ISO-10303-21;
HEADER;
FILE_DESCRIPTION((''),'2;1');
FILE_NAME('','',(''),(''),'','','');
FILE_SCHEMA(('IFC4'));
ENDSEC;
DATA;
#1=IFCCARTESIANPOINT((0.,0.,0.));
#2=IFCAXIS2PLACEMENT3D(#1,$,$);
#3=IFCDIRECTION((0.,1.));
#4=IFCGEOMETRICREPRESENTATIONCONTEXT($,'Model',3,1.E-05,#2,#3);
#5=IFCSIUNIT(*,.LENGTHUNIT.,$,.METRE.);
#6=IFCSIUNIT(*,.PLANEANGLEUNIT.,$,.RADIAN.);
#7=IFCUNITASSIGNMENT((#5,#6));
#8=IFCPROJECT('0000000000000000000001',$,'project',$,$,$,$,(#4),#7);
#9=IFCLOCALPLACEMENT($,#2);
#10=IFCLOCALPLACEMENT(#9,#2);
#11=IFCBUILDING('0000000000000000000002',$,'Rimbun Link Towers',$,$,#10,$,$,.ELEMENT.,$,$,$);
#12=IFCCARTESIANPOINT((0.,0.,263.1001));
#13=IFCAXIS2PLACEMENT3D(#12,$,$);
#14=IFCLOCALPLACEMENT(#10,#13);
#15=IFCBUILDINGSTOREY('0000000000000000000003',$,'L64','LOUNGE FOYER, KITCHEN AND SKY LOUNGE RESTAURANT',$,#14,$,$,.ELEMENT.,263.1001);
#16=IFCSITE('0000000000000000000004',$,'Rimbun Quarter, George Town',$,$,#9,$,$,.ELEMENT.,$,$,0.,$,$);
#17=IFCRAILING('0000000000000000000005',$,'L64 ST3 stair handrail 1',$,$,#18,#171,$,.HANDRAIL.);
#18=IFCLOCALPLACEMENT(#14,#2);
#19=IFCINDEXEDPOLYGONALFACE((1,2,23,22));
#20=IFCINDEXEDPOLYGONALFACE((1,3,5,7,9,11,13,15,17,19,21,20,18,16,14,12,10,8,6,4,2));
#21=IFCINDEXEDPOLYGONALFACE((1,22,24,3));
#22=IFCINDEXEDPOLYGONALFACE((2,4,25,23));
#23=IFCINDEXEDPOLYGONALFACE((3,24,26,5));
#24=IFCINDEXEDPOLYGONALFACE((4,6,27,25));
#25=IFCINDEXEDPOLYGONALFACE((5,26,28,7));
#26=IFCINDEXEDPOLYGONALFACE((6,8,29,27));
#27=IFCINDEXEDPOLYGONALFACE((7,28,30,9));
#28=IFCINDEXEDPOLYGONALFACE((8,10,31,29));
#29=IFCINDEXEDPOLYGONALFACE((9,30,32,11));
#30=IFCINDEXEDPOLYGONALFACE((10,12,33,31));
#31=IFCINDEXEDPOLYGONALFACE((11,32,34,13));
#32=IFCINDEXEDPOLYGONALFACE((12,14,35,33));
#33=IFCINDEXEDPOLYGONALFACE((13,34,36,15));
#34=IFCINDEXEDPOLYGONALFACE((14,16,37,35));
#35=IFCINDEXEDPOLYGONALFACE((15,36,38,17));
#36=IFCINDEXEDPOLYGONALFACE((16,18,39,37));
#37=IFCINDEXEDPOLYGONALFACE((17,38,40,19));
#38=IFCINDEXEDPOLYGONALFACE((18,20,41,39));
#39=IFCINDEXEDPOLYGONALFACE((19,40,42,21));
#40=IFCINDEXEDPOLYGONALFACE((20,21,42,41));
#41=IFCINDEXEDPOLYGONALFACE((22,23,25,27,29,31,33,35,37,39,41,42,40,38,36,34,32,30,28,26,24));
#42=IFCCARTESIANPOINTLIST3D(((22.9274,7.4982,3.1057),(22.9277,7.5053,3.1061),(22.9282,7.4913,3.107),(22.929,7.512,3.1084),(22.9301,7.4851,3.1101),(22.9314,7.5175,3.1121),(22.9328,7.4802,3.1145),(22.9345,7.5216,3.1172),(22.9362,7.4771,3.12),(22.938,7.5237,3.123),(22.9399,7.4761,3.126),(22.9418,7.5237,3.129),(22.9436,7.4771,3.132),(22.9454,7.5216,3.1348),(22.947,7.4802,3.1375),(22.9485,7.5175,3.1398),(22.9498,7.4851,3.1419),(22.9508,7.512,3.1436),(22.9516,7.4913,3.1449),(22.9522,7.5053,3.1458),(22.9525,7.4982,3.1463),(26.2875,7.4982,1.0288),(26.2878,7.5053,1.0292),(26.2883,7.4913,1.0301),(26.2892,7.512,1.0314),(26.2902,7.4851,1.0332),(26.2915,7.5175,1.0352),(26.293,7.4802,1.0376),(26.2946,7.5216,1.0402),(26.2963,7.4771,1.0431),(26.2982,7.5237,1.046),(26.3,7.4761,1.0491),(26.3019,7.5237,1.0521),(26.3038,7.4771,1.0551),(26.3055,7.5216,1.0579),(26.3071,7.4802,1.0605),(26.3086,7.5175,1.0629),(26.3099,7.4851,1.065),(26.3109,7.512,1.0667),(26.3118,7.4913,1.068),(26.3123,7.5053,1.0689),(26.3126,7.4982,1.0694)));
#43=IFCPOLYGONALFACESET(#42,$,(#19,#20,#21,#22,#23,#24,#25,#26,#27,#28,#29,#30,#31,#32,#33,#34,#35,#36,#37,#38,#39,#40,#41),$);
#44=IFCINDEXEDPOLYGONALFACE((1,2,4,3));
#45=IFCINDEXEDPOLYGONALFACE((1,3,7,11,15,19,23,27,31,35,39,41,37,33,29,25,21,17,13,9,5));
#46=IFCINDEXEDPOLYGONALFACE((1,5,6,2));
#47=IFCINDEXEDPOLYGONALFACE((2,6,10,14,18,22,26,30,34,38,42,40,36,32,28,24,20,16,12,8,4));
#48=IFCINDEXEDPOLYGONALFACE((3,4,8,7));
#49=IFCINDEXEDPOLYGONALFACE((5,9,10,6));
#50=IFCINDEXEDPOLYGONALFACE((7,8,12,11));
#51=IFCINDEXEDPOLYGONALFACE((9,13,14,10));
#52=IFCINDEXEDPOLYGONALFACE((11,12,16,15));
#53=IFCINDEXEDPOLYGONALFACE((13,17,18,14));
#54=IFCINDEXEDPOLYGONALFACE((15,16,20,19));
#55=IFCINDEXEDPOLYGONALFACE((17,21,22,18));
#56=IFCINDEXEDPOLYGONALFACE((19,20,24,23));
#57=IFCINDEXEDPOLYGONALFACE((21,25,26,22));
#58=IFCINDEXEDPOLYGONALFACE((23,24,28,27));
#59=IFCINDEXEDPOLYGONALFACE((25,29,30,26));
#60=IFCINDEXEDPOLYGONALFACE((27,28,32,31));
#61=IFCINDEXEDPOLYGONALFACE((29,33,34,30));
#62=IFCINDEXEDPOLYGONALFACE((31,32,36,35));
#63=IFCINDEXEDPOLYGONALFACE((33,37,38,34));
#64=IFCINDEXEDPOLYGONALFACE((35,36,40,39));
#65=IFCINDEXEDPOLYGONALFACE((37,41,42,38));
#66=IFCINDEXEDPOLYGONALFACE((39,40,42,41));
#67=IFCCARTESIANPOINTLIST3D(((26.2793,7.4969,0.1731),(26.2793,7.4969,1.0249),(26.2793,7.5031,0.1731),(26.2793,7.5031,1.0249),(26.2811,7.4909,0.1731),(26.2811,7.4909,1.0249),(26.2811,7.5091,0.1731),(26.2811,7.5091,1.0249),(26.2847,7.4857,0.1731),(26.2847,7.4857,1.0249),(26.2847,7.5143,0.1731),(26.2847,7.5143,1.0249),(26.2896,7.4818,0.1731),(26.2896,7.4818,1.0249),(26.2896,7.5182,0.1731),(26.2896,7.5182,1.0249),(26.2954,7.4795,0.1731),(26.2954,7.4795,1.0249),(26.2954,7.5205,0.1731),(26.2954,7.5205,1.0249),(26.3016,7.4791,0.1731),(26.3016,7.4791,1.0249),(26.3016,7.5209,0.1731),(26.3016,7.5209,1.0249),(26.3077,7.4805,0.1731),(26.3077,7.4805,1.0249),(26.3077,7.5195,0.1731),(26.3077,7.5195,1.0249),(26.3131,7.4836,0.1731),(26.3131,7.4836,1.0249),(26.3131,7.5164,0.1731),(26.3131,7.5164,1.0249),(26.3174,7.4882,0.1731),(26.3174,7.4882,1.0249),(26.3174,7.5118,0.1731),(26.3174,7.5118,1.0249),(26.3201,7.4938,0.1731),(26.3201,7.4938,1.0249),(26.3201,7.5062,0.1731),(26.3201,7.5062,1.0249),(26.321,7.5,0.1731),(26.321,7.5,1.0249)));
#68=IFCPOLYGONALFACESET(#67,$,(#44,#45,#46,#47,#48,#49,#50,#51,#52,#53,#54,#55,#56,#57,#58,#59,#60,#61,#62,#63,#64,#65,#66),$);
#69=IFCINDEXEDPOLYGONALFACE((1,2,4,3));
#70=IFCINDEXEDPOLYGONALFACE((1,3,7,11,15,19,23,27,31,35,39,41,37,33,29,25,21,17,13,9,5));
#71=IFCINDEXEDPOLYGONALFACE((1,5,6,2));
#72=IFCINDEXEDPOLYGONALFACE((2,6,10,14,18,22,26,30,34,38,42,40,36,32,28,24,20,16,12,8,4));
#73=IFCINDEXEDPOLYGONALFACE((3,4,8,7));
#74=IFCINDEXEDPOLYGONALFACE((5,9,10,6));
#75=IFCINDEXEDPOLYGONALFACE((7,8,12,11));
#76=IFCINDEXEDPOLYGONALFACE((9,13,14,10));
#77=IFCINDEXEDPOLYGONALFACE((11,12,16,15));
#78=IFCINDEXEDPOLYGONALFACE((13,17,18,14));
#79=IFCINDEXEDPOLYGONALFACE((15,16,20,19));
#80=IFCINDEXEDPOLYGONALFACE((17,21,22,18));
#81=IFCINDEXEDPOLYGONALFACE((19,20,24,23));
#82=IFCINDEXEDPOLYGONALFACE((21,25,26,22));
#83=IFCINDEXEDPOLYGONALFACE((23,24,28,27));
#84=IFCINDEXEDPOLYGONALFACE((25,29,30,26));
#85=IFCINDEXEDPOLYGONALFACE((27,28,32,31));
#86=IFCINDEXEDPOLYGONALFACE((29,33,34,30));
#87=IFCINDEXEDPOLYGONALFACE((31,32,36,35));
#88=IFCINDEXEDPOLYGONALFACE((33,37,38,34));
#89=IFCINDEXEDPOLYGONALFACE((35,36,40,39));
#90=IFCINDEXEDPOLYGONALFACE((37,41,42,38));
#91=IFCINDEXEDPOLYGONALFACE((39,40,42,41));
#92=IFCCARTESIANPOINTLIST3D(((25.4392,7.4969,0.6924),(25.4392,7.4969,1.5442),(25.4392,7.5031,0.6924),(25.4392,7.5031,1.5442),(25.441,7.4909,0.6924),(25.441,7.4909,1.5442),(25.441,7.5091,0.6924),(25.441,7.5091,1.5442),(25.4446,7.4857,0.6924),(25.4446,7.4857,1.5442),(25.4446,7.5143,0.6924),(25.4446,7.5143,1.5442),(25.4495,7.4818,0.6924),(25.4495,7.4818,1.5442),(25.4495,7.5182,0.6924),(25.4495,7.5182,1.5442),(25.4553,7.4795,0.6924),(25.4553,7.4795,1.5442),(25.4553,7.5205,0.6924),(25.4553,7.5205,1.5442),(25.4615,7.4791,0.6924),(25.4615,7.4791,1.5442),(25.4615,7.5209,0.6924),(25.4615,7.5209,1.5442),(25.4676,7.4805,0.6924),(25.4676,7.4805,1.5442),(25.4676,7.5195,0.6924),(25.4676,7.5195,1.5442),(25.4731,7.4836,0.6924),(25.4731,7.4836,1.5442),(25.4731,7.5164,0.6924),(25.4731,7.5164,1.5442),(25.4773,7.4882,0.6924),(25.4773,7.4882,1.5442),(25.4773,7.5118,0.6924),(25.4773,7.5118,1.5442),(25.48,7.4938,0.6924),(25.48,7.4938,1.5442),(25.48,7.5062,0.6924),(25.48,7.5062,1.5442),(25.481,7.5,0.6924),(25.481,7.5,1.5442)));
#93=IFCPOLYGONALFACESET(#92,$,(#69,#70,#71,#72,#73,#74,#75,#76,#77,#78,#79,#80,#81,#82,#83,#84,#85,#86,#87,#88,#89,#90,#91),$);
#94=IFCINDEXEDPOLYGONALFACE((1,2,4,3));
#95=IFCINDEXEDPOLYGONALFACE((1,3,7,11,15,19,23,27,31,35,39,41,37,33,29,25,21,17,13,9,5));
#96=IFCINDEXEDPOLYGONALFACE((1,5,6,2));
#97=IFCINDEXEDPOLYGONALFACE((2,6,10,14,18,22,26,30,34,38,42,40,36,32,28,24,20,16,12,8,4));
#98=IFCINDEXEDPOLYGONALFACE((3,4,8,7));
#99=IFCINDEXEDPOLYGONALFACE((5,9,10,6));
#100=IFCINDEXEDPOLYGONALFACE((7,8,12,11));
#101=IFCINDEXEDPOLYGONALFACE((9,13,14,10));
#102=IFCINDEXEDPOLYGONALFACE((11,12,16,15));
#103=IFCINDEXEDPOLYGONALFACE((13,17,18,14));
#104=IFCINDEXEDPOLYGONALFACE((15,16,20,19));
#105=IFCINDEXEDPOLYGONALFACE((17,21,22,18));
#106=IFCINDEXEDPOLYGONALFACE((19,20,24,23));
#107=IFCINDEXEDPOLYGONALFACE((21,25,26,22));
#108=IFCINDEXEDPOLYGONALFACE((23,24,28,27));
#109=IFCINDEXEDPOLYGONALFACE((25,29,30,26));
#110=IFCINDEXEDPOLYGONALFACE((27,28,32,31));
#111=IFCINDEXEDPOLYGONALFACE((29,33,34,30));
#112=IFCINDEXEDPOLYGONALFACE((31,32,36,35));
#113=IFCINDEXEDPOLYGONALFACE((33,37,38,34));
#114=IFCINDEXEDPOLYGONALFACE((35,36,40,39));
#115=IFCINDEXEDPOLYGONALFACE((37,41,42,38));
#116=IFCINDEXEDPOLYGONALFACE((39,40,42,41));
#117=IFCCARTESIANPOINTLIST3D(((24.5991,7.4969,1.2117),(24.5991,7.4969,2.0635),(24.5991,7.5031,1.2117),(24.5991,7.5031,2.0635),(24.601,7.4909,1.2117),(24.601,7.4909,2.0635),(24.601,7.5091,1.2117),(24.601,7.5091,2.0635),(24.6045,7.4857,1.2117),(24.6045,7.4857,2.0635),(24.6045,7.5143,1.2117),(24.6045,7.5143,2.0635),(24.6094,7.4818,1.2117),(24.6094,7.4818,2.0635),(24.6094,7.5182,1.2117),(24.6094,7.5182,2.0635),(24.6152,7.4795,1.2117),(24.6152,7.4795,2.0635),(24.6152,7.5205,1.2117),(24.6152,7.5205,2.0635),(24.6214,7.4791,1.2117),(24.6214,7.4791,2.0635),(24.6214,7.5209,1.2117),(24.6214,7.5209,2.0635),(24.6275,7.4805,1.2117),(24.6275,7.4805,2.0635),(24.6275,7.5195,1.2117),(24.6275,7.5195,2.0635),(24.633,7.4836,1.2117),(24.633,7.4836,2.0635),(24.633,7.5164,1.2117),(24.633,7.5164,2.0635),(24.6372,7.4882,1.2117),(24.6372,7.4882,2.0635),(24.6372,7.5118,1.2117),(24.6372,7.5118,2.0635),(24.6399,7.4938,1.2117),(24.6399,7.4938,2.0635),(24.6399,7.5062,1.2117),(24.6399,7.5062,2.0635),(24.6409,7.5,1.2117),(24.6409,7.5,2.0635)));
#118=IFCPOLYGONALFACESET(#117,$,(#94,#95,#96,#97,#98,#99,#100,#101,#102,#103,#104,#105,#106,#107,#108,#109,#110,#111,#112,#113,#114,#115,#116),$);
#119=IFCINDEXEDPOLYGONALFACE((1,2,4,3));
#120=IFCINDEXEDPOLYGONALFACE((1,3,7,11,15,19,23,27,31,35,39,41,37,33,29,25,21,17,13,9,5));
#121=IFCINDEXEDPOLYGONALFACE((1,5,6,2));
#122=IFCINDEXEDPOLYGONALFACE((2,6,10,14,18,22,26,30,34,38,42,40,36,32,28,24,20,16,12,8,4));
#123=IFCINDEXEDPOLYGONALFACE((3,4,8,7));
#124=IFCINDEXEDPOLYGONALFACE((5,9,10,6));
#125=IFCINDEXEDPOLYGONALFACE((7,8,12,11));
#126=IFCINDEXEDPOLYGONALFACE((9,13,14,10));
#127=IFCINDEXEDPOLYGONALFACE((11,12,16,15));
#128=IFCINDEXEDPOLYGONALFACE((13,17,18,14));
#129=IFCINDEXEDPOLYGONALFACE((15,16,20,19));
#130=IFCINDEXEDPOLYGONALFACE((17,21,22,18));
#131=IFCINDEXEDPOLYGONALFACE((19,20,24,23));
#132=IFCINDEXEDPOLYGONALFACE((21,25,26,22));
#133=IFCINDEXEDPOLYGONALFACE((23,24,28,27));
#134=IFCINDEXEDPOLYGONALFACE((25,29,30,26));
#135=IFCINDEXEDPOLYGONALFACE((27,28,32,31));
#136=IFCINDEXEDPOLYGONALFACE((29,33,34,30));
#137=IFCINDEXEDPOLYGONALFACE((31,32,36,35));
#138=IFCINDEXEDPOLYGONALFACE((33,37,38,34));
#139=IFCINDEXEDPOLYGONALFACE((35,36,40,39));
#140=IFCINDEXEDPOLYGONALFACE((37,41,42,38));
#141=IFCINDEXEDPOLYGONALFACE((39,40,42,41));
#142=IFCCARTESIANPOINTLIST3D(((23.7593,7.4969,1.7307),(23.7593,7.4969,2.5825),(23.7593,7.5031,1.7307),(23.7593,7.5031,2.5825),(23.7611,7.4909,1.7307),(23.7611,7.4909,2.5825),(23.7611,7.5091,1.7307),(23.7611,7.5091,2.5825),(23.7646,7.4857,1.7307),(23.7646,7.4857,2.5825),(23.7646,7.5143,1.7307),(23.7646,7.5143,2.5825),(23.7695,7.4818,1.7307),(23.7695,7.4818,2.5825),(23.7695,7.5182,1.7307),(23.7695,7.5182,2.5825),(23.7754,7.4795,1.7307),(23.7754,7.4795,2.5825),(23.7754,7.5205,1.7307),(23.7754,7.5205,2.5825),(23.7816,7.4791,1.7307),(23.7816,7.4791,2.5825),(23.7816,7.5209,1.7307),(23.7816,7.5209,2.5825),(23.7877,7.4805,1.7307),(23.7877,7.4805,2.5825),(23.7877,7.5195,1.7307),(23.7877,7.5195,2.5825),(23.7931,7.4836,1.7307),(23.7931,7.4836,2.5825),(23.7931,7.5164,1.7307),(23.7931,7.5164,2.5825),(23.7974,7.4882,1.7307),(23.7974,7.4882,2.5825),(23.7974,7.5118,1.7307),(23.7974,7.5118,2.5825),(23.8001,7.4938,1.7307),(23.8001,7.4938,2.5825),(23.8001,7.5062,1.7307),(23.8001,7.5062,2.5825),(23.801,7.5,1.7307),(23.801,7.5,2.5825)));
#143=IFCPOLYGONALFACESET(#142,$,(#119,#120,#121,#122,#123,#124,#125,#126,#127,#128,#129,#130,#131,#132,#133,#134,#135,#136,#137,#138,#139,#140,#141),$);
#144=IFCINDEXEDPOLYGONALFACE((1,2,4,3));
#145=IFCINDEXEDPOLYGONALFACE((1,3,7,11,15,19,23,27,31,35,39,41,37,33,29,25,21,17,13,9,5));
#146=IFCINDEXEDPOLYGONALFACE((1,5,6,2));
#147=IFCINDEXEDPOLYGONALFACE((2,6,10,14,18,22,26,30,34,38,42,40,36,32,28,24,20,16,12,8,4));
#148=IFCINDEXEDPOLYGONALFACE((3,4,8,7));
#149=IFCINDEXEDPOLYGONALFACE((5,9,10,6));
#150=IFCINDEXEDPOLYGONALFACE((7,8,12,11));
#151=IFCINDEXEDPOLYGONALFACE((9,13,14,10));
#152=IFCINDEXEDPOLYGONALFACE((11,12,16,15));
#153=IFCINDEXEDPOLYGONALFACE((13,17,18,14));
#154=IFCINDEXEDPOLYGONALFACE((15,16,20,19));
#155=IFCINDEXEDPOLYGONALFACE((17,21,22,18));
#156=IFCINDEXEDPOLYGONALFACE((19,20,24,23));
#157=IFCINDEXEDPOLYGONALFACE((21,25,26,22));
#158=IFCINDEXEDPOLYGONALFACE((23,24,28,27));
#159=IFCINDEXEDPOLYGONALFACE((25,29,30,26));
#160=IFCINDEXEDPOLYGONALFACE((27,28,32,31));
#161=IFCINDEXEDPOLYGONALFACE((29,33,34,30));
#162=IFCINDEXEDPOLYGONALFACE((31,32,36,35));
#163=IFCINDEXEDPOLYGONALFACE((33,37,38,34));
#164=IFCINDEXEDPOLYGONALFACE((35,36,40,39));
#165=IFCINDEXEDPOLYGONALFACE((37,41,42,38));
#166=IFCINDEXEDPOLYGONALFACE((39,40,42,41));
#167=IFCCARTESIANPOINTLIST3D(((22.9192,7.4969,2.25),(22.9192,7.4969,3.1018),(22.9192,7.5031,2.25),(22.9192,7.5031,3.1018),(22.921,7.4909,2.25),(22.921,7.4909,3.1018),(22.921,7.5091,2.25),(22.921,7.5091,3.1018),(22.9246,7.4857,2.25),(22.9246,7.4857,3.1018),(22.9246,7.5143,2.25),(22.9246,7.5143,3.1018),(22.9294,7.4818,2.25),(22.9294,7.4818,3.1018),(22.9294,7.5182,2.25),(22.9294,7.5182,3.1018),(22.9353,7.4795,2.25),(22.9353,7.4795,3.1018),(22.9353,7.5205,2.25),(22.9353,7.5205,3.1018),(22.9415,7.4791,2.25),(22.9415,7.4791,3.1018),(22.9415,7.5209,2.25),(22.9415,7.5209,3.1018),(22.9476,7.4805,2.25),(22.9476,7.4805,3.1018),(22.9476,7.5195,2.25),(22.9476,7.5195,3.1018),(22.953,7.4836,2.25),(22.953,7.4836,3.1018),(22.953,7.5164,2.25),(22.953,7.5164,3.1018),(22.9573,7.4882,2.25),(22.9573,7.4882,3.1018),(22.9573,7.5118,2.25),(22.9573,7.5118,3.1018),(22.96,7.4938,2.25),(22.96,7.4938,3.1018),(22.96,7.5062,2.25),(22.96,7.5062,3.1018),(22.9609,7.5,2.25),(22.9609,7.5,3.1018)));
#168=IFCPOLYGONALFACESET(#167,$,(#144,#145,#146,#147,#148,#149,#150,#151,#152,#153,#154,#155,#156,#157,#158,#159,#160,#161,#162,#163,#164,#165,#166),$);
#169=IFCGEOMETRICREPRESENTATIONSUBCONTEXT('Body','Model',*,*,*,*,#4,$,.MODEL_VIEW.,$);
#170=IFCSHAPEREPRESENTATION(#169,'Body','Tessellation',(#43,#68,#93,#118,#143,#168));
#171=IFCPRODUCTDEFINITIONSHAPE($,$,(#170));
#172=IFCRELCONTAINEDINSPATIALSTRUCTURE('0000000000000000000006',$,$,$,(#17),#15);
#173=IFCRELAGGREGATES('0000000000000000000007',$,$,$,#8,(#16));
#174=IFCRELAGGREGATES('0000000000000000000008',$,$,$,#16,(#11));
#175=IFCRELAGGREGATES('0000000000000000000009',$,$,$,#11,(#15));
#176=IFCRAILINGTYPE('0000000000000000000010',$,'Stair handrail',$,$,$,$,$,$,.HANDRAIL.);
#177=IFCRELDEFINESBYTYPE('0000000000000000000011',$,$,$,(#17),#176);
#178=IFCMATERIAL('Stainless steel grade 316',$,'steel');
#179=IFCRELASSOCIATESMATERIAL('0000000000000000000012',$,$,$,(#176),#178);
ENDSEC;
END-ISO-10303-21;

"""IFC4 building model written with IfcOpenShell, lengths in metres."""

from ifc_helpers import new_model, si_unit, direction, frame, origin, origin_2d, place, context, subcontext, project, spatial, circle, extrude, material, type_object, element, save


model = new_model("IFC4")

# Units and contexts
model_context = context("Model", 3, precision=1e-05, world=origin(), true_north=direction((0.0, 1.0)))
body_context = subcontext(model_context, "Body", "Model", "MODEL_VIEW")
ifc_project = project(units=[si_unit("LENGTHUNIT", "METRE"), si_unit("PLANEANGLEUNIT", "RADIAN")], contexts=[model_context])

# Site, building, storey
site_placement = place(None, origin())
site = spatial("IfcSite", under=ifc_project, at=site_placement, Name="Rimbun Quarter, George Town", CompositionType="ELEMENT", RefElevation=0.0)
building_placement = place(site_placement, origin())
building = spatial("IfcBuilding", under=site, at=building_placement, Name="Rimbun Link Towers", CompositionType="ELEMENT")
storey_placement = place(building_placement, frame((0.0, 0.0, 263.1001)))
storey = spatial("IfcBuildingStorey", under=building, at=storey_placement, Name="L64", Description="LOUNGE FOYER, KITCHEN AND SKY LOUNGE RESTAURANT", CompositionType="ELEMENT", Elevation=263.1001)

# Railing
ifc_material_1 = material(Name="Stainless steel grade 316", Category="steel")
railing_type_1 = type_object("IfcRailingType", Name="Stair handrail", PredefinedType="HANDRAIL", material=ifc_material_1)
railing_1_placement = place(storey_placement, frame((26.3, 7.5, 0.1731)))
element("IfcRailing", 1, at=railing_1_placement, inside=storey, type_object=railing_type_1, Name="L64 ST3 stair handrail 1", PredefinedType="HANDRAIL", context=body_context, shape_type="SweptSolid", body=[
    extrude(circle(Radius=0.0239, at=origin_2d()), frame((0.0, 0.0, 0.876), z_axis=(-0.850623, 0.0, 0.525776), x_axis=(0.0, -1.0, 0.0)), (0.0, 0.0, 1.0), 3.9502),
    extrude(circle(Radius=0.021, at=origin_2d()), origin(), (0.0, 0.0, 1.0), 0.8518),
    extrude(circle(Radius=0.021, at=origin_2d()), frame((-0.8401, 0.0, 0.5193)), (0.0, 0.0, 1.0), 0.8518),
    extrude(circle(Radius=0.021, at=origin_2d()), frame((-1.6802, 0.0, 1.0386)), (0.0, 0.0, 1.0), 0.8518),
    extrude(circle(Radius=0.021, at=origin_2d()), frame((-2.52, 0.0, 1.5576)), (0.0, 0.0, 1.0), 0.8518),
    extrude(circle(Radius=0.021, at=origin_2d()), frame((-3.3601, 0.0, 2.0769)), (0.0, 0.0, 1.0), 0.8518),
])

save(model, "model.ifc")
